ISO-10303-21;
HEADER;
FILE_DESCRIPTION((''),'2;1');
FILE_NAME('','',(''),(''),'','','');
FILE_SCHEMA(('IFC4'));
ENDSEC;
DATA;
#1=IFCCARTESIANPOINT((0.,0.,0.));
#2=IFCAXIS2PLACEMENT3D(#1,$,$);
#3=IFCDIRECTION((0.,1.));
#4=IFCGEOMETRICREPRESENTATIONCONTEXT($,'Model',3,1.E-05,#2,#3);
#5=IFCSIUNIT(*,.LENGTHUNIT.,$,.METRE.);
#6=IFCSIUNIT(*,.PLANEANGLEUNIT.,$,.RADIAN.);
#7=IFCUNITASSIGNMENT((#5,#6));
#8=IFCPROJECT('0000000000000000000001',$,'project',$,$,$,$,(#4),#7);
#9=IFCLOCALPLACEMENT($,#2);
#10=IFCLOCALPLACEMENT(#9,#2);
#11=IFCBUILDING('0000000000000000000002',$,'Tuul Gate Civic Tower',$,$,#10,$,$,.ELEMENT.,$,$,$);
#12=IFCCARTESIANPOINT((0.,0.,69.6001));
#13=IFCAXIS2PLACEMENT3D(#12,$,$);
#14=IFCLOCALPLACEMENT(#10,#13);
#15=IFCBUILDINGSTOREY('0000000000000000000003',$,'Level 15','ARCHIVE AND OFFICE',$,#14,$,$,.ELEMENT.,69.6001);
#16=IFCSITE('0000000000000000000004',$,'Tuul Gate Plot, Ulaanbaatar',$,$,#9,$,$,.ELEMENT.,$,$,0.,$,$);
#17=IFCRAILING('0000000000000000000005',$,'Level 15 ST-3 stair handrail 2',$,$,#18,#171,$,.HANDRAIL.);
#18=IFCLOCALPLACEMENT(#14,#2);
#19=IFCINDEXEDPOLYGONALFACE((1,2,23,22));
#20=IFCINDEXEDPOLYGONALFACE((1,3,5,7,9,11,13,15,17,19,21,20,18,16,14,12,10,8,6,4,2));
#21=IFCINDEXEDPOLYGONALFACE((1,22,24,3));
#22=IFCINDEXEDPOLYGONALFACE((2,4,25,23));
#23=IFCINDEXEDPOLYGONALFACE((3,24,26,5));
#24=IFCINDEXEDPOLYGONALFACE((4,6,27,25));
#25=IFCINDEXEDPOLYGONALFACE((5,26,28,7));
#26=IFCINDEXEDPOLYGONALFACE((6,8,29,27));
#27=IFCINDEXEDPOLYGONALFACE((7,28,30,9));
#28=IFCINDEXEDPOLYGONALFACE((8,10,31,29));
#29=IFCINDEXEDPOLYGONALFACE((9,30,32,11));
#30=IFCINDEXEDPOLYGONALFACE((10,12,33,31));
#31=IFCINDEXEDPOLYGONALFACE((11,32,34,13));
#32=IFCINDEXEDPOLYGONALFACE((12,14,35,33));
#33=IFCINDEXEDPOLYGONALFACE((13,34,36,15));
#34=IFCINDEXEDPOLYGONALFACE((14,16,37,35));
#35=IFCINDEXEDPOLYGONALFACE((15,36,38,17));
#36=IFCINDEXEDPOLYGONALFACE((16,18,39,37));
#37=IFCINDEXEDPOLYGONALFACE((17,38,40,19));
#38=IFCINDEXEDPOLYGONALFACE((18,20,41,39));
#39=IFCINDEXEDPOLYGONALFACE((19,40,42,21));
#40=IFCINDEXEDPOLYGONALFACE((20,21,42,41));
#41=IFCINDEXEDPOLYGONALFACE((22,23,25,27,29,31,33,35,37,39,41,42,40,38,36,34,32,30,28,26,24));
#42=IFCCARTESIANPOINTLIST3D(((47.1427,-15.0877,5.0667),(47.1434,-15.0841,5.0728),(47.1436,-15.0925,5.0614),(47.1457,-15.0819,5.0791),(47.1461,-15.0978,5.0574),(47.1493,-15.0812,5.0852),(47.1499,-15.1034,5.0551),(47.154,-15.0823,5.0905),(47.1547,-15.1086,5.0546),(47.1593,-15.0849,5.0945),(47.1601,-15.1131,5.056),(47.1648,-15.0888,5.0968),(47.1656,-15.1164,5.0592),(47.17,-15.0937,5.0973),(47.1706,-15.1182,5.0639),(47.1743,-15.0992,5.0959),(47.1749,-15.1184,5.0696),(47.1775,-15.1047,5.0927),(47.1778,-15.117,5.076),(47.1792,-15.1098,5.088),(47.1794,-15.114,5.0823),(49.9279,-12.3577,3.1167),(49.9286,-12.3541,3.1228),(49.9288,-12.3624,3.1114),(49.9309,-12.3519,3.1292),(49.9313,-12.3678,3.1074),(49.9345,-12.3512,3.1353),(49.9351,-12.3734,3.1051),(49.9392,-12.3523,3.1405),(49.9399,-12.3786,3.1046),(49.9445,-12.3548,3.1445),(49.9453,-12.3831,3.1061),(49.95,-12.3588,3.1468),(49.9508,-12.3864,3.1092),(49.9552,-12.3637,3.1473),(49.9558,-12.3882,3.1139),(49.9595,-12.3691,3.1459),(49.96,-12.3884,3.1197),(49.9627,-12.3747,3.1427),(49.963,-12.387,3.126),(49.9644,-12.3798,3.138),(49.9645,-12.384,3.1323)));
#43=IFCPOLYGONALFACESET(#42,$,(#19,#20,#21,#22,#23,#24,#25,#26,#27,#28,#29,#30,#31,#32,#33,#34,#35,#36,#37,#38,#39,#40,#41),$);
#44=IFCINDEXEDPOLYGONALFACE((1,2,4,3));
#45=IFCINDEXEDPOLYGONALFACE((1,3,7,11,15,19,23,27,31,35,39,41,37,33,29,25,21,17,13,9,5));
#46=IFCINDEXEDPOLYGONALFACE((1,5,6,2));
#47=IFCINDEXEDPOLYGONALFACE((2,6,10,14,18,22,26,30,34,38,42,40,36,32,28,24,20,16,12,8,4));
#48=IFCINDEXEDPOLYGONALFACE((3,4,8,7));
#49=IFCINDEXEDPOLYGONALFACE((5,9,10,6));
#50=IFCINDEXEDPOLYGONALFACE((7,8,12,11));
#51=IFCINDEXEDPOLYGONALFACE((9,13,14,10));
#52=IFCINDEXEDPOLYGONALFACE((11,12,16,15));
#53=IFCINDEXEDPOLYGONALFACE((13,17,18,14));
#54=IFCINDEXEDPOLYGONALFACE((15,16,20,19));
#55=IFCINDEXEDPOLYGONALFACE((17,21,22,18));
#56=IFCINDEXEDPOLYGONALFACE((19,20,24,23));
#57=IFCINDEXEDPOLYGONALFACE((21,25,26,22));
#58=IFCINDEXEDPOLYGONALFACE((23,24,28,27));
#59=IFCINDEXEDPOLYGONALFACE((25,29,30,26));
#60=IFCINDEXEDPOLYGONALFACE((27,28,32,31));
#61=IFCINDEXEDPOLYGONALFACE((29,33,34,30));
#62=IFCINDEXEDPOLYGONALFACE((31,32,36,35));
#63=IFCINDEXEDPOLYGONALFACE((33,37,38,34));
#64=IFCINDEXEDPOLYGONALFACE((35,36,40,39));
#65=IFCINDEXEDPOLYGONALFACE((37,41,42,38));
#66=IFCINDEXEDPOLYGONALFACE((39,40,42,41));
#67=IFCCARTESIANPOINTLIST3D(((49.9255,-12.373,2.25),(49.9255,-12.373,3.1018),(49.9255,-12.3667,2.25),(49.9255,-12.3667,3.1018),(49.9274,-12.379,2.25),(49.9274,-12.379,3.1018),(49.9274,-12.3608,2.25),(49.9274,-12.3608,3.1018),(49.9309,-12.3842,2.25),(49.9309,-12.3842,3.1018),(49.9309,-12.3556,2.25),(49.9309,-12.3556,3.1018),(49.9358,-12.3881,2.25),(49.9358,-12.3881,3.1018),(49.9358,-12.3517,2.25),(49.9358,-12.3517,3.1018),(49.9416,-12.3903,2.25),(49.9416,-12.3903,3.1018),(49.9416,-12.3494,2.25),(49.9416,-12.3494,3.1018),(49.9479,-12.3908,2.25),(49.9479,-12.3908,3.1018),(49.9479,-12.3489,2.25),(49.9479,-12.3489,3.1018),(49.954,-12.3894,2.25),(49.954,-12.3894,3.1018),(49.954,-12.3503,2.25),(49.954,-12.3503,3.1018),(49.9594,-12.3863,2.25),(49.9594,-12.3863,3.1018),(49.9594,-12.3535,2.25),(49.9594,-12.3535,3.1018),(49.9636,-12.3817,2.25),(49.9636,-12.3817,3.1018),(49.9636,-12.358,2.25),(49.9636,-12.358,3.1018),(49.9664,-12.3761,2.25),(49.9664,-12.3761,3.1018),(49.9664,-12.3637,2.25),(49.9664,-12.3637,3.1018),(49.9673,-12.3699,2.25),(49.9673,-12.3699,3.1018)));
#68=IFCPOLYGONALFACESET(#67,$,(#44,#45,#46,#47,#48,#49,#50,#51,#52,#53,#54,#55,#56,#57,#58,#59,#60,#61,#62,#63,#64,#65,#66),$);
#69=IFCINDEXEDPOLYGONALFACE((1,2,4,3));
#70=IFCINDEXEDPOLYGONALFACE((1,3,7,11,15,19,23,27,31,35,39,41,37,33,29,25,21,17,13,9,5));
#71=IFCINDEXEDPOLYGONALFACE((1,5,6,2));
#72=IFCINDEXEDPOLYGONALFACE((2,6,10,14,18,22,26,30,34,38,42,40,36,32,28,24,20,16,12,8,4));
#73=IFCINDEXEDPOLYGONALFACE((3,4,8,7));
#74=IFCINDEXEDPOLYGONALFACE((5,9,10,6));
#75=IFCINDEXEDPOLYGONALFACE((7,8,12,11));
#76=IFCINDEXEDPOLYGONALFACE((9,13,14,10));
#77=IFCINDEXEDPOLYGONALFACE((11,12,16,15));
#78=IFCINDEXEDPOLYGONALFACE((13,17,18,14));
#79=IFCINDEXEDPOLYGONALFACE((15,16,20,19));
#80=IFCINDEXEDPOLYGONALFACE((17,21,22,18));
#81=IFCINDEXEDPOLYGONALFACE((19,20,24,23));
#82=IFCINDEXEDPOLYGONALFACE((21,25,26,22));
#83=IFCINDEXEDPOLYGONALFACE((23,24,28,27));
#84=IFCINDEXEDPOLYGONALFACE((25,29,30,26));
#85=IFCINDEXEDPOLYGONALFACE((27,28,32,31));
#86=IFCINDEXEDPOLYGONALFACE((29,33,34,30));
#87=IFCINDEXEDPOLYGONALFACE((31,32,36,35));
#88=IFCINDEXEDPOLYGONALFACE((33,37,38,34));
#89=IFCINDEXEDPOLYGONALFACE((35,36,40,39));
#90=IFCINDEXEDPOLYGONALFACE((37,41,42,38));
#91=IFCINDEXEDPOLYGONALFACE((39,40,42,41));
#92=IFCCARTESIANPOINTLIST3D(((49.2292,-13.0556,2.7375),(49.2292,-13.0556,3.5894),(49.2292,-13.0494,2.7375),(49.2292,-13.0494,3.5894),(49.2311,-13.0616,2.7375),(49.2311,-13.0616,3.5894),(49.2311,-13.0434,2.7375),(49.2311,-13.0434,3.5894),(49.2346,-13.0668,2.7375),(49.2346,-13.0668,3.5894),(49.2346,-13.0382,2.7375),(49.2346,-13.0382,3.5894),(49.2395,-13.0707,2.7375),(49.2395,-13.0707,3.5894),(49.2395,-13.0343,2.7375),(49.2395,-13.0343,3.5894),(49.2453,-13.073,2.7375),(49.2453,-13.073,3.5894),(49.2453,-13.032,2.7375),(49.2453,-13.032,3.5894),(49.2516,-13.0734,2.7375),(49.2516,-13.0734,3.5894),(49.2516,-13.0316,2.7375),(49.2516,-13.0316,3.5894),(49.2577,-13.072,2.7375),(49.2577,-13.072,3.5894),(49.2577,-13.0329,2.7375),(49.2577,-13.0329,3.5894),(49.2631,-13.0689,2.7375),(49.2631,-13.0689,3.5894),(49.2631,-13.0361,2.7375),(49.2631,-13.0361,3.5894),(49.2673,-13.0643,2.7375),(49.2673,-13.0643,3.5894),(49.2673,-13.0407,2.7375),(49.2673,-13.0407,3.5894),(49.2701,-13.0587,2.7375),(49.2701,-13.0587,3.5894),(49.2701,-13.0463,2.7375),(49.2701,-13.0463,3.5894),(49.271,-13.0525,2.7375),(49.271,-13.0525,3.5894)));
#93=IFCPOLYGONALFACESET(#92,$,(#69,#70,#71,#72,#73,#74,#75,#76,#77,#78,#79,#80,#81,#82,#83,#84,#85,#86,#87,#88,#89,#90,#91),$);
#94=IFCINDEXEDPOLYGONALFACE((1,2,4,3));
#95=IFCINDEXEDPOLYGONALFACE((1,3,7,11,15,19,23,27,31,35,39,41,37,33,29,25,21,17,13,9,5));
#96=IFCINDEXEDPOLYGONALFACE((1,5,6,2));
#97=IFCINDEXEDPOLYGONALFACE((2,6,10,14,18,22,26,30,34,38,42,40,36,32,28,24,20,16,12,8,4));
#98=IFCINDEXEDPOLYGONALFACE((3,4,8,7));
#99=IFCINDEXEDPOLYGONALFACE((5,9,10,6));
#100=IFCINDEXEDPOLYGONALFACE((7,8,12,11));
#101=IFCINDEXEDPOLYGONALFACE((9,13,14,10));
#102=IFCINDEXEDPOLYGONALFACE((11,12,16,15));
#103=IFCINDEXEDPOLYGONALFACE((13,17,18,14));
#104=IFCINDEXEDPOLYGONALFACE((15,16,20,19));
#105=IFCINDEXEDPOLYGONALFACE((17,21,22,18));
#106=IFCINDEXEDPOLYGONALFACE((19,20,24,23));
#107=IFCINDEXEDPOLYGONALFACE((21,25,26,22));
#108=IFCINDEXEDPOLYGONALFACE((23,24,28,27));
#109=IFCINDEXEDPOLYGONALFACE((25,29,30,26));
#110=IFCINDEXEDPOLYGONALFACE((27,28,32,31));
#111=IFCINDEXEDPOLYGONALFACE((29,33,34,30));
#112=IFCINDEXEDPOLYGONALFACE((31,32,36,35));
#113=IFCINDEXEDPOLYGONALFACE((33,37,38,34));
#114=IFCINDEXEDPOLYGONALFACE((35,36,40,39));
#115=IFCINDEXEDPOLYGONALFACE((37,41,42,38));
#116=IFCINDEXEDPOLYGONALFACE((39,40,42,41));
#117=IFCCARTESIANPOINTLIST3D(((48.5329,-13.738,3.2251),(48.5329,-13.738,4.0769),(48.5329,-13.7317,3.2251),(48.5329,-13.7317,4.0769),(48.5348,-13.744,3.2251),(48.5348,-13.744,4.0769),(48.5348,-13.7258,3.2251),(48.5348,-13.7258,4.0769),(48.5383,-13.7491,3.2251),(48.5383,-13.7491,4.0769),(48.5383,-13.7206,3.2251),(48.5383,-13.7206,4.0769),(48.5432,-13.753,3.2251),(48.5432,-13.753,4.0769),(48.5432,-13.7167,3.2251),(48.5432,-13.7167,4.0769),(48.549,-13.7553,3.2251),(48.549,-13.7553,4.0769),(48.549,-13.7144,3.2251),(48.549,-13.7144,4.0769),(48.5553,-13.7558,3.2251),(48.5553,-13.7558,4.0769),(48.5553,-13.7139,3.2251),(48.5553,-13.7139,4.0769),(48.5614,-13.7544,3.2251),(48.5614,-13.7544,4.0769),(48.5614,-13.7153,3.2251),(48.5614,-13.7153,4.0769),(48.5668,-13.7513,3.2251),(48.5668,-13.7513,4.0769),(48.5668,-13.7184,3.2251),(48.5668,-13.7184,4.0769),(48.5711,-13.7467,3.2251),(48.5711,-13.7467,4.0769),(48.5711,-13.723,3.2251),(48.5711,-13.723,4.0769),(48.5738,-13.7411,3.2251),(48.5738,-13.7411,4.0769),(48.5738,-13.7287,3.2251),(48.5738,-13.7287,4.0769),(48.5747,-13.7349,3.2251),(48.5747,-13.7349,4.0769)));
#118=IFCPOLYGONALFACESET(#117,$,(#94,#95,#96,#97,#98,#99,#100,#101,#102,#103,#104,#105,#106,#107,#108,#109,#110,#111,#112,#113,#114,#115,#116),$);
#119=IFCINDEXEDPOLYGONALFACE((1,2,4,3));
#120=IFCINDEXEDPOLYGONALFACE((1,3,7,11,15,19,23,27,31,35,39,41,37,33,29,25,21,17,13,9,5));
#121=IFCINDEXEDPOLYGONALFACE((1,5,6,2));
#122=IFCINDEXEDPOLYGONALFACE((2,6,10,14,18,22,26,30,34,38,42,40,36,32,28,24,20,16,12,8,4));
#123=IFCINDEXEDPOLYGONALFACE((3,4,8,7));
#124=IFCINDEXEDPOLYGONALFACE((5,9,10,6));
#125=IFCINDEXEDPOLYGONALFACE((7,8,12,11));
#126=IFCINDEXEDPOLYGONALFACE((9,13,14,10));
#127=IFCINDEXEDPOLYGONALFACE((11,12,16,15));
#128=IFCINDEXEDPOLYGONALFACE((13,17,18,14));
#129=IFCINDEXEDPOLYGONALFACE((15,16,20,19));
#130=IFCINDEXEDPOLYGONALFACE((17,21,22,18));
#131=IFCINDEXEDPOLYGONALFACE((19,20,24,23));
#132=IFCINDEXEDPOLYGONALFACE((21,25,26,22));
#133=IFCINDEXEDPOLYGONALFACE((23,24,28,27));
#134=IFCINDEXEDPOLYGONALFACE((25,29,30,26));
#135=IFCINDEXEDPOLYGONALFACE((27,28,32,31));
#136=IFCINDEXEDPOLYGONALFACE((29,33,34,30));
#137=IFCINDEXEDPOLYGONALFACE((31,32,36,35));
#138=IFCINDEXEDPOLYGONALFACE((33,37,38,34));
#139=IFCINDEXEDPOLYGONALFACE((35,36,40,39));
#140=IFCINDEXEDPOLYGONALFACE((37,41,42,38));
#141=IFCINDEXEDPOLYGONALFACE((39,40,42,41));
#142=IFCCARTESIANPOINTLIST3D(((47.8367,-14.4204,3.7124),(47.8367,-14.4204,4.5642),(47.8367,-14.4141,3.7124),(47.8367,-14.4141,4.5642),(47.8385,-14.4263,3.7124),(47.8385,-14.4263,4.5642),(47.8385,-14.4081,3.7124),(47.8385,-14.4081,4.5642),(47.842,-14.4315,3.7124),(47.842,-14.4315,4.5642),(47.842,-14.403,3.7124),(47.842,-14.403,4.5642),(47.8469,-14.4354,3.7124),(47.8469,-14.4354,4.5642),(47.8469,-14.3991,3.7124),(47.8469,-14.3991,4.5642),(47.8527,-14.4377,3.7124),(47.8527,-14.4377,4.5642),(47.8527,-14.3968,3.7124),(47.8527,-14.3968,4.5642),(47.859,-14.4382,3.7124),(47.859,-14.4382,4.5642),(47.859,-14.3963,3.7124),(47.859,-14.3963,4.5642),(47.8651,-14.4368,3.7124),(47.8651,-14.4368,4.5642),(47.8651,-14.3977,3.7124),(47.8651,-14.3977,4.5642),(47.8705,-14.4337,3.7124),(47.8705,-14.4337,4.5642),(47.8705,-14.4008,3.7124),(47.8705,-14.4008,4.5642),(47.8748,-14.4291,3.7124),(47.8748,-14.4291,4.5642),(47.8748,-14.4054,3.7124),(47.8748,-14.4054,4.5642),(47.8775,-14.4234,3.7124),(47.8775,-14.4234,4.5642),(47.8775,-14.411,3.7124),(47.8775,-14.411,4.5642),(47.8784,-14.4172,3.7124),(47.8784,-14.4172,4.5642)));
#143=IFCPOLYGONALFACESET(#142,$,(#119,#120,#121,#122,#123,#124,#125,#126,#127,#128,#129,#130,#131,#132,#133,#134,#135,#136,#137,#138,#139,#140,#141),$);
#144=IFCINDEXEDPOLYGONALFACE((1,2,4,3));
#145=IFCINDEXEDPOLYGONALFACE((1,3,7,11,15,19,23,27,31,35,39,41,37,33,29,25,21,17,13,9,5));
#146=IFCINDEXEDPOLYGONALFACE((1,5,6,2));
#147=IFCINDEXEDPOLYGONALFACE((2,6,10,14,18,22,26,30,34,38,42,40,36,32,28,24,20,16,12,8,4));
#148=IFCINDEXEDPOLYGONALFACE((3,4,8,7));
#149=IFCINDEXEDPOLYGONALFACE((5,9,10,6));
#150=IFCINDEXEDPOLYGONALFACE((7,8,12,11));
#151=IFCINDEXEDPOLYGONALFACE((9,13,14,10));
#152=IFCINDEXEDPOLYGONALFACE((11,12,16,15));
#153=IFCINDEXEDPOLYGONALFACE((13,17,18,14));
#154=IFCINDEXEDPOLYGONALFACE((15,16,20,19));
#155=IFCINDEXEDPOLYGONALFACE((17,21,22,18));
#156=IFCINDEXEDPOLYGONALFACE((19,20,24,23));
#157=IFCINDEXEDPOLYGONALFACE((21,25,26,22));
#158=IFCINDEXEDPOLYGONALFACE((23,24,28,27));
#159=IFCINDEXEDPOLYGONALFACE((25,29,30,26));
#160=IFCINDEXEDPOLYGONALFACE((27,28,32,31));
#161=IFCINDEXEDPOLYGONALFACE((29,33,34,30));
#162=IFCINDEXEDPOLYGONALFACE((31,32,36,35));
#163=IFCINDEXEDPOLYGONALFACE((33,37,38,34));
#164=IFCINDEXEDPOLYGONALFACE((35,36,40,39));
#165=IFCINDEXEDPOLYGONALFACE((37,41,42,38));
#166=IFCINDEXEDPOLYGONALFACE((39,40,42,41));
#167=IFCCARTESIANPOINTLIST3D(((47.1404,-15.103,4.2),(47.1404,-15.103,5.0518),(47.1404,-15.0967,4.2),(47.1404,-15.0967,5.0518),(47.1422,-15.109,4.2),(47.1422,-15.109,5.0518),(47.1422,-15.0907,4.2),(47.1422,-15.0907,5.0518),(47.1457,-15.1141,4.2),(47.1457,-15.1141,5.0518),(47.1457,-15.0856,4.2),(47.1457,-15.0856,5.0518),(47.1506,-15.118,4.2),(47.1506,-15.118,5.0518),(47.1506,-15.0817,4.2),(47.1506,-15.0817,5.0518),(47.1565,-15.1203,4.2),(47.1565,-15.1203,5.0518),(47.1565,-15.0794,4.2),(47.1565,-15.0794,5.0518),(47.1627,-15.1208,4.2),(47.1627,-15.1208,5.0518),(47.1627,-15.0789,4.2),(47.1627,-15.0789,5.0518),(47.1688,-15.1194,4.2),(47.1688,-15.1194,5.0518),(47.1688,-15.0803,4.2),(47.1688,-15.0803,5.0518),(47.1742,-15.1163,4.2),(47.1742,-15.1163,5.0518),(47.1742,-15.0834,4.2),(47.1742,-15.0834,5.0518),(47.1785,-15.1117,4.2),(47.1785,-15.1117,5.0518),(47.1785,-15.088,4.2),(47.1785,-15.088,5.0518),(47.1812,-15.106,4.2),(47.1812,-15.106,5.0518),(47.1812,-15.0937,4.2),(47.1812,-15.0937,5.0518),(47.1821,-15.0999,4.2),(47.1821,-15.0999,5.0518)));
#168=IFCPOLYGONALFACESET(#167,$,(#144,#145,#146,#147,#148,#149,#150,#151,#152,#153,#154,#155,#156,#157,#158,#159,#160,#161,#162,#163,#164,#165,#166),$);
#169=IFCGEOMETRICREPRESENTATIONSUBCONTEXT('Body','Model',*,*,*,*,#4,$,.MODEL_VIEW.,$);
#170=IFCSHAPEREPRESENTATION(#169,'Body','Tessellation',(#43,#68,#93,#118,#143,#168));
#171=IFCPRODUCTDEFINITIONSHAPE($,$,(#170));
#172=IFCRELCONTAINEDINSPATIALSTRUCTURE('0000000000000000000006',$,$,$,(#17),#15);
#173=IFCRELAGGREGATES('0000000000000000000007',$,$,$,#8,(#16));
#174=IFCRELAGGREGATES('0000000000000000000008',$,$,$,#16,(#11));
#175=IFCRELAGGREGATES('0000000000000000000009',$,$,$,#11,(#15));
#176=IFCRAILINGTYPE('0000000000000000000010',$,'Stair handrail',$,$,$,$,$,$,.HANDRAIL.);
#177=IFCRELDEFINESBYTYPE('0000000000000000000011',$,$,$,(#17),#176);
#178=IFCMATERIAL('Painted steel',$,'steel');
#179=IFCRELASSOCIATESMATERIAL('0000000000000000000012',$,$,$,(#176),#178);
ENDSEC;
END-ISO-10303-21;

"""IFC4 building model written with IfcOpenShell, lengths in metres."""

from ifc_helpers import new_model, si_unit, direction, frame, origin, origin_2d, place, context, subcontext, project, spatial, circle, extrude, material, type_object, element, save


model = new_model("IFC4")

# Units and contexts
model_context = context("Model", 3, precision=1e-05, world=origin(), true_north=direction((0.0, 1.0)))
body_context = subcontext(model_context, "Body", "Model", "MODEL_VIEW")
ifc_project = project(units=[si_unit("LENGTHUNIT", "METRE"), si_unit("PLANEANGLEUNIT", "RADIAN")], contexts=[model_context])

# Site, building, storey
site_placement = place(None, origin())
site = spatial("IfcSite", under=ifc_project, at=site_placement, Name="Tuul Gate Plot, Ulaanbaatar", CompositionType="ELEMENT", RefElevation=0.0)
building_placement = place(site_placement, origin())
building = spatial("IfcBuilding", under=site, at=building_placement, Name="Tuul Gate Civic Tower", CompositionType="ELEMENT")
storey_placement = place(building_placement, frame((0.0, 0.0, 69.6001)))
storey = spatial("IfcBuildingStorey", under=building, at=storey_placement, Name="Level 15", Description="ARCHIVE AND OFFICE", CompositionType="ELEMENT", Elevation=69.6001)

# Railing
ifc_material_1 = material(Name="Painted steel", Category="steel")
railing_type = type_object("IfcRailingType", Name="Stair handrail", PredefinedType="HANDRAIL", material=ifc_material_1)
railing_placement = place(storey_placement, frame((49.9463, -12.3699, 2.25)))
element("IfcRailing", 1, at=railing_placement, inside=storey, type_object=railing_type, Name="Level 15 ST-3 stair handrail 2", PredefinedType="HANDRAIL", context=body_context, shape_type="SweptSolid", body=[
    extrude(circle(Radius=0.0239, at=origin_2d()), frame((0.0, 0.0, 0.876), z_axis=(-0.638754, -0.6261, 0.447206), x_axis=(0.699998, -0.714145, 0.0)), (0.0, 0.0, 1.0), 4.3604),
    extrude(circle(Radius=0.021, at=origin_2d()), origin(), (0.0, 0.0, 1.0), 0.8518),
    extrude(circle(Radius=0.021, at=origin_2d()), frame((-0.6963, -0.6826, 0.4875)), (0.0, 0.0, 1.0), 0.8518),
    extrude(circle(Radius=0.021, at=origin_2d()), frame((-1.3926, -1.365, 0.9751)), (0.0, 0.0, 1.0), 0.8518),
    extrude(circle(Radius=0.021, at=origin_2d()), frame((-2.0889, -2.0474, 1.4624)), (0.0, 0.0, 1.0), 0.8518),
    extrude(circle(Radius=0.021, at=origin_2d()), frame((-2.7852, -2.73, 1.95)), (0.0, 0.0, 1.0), 0.8518),
])

save(model, "model.ifc")
